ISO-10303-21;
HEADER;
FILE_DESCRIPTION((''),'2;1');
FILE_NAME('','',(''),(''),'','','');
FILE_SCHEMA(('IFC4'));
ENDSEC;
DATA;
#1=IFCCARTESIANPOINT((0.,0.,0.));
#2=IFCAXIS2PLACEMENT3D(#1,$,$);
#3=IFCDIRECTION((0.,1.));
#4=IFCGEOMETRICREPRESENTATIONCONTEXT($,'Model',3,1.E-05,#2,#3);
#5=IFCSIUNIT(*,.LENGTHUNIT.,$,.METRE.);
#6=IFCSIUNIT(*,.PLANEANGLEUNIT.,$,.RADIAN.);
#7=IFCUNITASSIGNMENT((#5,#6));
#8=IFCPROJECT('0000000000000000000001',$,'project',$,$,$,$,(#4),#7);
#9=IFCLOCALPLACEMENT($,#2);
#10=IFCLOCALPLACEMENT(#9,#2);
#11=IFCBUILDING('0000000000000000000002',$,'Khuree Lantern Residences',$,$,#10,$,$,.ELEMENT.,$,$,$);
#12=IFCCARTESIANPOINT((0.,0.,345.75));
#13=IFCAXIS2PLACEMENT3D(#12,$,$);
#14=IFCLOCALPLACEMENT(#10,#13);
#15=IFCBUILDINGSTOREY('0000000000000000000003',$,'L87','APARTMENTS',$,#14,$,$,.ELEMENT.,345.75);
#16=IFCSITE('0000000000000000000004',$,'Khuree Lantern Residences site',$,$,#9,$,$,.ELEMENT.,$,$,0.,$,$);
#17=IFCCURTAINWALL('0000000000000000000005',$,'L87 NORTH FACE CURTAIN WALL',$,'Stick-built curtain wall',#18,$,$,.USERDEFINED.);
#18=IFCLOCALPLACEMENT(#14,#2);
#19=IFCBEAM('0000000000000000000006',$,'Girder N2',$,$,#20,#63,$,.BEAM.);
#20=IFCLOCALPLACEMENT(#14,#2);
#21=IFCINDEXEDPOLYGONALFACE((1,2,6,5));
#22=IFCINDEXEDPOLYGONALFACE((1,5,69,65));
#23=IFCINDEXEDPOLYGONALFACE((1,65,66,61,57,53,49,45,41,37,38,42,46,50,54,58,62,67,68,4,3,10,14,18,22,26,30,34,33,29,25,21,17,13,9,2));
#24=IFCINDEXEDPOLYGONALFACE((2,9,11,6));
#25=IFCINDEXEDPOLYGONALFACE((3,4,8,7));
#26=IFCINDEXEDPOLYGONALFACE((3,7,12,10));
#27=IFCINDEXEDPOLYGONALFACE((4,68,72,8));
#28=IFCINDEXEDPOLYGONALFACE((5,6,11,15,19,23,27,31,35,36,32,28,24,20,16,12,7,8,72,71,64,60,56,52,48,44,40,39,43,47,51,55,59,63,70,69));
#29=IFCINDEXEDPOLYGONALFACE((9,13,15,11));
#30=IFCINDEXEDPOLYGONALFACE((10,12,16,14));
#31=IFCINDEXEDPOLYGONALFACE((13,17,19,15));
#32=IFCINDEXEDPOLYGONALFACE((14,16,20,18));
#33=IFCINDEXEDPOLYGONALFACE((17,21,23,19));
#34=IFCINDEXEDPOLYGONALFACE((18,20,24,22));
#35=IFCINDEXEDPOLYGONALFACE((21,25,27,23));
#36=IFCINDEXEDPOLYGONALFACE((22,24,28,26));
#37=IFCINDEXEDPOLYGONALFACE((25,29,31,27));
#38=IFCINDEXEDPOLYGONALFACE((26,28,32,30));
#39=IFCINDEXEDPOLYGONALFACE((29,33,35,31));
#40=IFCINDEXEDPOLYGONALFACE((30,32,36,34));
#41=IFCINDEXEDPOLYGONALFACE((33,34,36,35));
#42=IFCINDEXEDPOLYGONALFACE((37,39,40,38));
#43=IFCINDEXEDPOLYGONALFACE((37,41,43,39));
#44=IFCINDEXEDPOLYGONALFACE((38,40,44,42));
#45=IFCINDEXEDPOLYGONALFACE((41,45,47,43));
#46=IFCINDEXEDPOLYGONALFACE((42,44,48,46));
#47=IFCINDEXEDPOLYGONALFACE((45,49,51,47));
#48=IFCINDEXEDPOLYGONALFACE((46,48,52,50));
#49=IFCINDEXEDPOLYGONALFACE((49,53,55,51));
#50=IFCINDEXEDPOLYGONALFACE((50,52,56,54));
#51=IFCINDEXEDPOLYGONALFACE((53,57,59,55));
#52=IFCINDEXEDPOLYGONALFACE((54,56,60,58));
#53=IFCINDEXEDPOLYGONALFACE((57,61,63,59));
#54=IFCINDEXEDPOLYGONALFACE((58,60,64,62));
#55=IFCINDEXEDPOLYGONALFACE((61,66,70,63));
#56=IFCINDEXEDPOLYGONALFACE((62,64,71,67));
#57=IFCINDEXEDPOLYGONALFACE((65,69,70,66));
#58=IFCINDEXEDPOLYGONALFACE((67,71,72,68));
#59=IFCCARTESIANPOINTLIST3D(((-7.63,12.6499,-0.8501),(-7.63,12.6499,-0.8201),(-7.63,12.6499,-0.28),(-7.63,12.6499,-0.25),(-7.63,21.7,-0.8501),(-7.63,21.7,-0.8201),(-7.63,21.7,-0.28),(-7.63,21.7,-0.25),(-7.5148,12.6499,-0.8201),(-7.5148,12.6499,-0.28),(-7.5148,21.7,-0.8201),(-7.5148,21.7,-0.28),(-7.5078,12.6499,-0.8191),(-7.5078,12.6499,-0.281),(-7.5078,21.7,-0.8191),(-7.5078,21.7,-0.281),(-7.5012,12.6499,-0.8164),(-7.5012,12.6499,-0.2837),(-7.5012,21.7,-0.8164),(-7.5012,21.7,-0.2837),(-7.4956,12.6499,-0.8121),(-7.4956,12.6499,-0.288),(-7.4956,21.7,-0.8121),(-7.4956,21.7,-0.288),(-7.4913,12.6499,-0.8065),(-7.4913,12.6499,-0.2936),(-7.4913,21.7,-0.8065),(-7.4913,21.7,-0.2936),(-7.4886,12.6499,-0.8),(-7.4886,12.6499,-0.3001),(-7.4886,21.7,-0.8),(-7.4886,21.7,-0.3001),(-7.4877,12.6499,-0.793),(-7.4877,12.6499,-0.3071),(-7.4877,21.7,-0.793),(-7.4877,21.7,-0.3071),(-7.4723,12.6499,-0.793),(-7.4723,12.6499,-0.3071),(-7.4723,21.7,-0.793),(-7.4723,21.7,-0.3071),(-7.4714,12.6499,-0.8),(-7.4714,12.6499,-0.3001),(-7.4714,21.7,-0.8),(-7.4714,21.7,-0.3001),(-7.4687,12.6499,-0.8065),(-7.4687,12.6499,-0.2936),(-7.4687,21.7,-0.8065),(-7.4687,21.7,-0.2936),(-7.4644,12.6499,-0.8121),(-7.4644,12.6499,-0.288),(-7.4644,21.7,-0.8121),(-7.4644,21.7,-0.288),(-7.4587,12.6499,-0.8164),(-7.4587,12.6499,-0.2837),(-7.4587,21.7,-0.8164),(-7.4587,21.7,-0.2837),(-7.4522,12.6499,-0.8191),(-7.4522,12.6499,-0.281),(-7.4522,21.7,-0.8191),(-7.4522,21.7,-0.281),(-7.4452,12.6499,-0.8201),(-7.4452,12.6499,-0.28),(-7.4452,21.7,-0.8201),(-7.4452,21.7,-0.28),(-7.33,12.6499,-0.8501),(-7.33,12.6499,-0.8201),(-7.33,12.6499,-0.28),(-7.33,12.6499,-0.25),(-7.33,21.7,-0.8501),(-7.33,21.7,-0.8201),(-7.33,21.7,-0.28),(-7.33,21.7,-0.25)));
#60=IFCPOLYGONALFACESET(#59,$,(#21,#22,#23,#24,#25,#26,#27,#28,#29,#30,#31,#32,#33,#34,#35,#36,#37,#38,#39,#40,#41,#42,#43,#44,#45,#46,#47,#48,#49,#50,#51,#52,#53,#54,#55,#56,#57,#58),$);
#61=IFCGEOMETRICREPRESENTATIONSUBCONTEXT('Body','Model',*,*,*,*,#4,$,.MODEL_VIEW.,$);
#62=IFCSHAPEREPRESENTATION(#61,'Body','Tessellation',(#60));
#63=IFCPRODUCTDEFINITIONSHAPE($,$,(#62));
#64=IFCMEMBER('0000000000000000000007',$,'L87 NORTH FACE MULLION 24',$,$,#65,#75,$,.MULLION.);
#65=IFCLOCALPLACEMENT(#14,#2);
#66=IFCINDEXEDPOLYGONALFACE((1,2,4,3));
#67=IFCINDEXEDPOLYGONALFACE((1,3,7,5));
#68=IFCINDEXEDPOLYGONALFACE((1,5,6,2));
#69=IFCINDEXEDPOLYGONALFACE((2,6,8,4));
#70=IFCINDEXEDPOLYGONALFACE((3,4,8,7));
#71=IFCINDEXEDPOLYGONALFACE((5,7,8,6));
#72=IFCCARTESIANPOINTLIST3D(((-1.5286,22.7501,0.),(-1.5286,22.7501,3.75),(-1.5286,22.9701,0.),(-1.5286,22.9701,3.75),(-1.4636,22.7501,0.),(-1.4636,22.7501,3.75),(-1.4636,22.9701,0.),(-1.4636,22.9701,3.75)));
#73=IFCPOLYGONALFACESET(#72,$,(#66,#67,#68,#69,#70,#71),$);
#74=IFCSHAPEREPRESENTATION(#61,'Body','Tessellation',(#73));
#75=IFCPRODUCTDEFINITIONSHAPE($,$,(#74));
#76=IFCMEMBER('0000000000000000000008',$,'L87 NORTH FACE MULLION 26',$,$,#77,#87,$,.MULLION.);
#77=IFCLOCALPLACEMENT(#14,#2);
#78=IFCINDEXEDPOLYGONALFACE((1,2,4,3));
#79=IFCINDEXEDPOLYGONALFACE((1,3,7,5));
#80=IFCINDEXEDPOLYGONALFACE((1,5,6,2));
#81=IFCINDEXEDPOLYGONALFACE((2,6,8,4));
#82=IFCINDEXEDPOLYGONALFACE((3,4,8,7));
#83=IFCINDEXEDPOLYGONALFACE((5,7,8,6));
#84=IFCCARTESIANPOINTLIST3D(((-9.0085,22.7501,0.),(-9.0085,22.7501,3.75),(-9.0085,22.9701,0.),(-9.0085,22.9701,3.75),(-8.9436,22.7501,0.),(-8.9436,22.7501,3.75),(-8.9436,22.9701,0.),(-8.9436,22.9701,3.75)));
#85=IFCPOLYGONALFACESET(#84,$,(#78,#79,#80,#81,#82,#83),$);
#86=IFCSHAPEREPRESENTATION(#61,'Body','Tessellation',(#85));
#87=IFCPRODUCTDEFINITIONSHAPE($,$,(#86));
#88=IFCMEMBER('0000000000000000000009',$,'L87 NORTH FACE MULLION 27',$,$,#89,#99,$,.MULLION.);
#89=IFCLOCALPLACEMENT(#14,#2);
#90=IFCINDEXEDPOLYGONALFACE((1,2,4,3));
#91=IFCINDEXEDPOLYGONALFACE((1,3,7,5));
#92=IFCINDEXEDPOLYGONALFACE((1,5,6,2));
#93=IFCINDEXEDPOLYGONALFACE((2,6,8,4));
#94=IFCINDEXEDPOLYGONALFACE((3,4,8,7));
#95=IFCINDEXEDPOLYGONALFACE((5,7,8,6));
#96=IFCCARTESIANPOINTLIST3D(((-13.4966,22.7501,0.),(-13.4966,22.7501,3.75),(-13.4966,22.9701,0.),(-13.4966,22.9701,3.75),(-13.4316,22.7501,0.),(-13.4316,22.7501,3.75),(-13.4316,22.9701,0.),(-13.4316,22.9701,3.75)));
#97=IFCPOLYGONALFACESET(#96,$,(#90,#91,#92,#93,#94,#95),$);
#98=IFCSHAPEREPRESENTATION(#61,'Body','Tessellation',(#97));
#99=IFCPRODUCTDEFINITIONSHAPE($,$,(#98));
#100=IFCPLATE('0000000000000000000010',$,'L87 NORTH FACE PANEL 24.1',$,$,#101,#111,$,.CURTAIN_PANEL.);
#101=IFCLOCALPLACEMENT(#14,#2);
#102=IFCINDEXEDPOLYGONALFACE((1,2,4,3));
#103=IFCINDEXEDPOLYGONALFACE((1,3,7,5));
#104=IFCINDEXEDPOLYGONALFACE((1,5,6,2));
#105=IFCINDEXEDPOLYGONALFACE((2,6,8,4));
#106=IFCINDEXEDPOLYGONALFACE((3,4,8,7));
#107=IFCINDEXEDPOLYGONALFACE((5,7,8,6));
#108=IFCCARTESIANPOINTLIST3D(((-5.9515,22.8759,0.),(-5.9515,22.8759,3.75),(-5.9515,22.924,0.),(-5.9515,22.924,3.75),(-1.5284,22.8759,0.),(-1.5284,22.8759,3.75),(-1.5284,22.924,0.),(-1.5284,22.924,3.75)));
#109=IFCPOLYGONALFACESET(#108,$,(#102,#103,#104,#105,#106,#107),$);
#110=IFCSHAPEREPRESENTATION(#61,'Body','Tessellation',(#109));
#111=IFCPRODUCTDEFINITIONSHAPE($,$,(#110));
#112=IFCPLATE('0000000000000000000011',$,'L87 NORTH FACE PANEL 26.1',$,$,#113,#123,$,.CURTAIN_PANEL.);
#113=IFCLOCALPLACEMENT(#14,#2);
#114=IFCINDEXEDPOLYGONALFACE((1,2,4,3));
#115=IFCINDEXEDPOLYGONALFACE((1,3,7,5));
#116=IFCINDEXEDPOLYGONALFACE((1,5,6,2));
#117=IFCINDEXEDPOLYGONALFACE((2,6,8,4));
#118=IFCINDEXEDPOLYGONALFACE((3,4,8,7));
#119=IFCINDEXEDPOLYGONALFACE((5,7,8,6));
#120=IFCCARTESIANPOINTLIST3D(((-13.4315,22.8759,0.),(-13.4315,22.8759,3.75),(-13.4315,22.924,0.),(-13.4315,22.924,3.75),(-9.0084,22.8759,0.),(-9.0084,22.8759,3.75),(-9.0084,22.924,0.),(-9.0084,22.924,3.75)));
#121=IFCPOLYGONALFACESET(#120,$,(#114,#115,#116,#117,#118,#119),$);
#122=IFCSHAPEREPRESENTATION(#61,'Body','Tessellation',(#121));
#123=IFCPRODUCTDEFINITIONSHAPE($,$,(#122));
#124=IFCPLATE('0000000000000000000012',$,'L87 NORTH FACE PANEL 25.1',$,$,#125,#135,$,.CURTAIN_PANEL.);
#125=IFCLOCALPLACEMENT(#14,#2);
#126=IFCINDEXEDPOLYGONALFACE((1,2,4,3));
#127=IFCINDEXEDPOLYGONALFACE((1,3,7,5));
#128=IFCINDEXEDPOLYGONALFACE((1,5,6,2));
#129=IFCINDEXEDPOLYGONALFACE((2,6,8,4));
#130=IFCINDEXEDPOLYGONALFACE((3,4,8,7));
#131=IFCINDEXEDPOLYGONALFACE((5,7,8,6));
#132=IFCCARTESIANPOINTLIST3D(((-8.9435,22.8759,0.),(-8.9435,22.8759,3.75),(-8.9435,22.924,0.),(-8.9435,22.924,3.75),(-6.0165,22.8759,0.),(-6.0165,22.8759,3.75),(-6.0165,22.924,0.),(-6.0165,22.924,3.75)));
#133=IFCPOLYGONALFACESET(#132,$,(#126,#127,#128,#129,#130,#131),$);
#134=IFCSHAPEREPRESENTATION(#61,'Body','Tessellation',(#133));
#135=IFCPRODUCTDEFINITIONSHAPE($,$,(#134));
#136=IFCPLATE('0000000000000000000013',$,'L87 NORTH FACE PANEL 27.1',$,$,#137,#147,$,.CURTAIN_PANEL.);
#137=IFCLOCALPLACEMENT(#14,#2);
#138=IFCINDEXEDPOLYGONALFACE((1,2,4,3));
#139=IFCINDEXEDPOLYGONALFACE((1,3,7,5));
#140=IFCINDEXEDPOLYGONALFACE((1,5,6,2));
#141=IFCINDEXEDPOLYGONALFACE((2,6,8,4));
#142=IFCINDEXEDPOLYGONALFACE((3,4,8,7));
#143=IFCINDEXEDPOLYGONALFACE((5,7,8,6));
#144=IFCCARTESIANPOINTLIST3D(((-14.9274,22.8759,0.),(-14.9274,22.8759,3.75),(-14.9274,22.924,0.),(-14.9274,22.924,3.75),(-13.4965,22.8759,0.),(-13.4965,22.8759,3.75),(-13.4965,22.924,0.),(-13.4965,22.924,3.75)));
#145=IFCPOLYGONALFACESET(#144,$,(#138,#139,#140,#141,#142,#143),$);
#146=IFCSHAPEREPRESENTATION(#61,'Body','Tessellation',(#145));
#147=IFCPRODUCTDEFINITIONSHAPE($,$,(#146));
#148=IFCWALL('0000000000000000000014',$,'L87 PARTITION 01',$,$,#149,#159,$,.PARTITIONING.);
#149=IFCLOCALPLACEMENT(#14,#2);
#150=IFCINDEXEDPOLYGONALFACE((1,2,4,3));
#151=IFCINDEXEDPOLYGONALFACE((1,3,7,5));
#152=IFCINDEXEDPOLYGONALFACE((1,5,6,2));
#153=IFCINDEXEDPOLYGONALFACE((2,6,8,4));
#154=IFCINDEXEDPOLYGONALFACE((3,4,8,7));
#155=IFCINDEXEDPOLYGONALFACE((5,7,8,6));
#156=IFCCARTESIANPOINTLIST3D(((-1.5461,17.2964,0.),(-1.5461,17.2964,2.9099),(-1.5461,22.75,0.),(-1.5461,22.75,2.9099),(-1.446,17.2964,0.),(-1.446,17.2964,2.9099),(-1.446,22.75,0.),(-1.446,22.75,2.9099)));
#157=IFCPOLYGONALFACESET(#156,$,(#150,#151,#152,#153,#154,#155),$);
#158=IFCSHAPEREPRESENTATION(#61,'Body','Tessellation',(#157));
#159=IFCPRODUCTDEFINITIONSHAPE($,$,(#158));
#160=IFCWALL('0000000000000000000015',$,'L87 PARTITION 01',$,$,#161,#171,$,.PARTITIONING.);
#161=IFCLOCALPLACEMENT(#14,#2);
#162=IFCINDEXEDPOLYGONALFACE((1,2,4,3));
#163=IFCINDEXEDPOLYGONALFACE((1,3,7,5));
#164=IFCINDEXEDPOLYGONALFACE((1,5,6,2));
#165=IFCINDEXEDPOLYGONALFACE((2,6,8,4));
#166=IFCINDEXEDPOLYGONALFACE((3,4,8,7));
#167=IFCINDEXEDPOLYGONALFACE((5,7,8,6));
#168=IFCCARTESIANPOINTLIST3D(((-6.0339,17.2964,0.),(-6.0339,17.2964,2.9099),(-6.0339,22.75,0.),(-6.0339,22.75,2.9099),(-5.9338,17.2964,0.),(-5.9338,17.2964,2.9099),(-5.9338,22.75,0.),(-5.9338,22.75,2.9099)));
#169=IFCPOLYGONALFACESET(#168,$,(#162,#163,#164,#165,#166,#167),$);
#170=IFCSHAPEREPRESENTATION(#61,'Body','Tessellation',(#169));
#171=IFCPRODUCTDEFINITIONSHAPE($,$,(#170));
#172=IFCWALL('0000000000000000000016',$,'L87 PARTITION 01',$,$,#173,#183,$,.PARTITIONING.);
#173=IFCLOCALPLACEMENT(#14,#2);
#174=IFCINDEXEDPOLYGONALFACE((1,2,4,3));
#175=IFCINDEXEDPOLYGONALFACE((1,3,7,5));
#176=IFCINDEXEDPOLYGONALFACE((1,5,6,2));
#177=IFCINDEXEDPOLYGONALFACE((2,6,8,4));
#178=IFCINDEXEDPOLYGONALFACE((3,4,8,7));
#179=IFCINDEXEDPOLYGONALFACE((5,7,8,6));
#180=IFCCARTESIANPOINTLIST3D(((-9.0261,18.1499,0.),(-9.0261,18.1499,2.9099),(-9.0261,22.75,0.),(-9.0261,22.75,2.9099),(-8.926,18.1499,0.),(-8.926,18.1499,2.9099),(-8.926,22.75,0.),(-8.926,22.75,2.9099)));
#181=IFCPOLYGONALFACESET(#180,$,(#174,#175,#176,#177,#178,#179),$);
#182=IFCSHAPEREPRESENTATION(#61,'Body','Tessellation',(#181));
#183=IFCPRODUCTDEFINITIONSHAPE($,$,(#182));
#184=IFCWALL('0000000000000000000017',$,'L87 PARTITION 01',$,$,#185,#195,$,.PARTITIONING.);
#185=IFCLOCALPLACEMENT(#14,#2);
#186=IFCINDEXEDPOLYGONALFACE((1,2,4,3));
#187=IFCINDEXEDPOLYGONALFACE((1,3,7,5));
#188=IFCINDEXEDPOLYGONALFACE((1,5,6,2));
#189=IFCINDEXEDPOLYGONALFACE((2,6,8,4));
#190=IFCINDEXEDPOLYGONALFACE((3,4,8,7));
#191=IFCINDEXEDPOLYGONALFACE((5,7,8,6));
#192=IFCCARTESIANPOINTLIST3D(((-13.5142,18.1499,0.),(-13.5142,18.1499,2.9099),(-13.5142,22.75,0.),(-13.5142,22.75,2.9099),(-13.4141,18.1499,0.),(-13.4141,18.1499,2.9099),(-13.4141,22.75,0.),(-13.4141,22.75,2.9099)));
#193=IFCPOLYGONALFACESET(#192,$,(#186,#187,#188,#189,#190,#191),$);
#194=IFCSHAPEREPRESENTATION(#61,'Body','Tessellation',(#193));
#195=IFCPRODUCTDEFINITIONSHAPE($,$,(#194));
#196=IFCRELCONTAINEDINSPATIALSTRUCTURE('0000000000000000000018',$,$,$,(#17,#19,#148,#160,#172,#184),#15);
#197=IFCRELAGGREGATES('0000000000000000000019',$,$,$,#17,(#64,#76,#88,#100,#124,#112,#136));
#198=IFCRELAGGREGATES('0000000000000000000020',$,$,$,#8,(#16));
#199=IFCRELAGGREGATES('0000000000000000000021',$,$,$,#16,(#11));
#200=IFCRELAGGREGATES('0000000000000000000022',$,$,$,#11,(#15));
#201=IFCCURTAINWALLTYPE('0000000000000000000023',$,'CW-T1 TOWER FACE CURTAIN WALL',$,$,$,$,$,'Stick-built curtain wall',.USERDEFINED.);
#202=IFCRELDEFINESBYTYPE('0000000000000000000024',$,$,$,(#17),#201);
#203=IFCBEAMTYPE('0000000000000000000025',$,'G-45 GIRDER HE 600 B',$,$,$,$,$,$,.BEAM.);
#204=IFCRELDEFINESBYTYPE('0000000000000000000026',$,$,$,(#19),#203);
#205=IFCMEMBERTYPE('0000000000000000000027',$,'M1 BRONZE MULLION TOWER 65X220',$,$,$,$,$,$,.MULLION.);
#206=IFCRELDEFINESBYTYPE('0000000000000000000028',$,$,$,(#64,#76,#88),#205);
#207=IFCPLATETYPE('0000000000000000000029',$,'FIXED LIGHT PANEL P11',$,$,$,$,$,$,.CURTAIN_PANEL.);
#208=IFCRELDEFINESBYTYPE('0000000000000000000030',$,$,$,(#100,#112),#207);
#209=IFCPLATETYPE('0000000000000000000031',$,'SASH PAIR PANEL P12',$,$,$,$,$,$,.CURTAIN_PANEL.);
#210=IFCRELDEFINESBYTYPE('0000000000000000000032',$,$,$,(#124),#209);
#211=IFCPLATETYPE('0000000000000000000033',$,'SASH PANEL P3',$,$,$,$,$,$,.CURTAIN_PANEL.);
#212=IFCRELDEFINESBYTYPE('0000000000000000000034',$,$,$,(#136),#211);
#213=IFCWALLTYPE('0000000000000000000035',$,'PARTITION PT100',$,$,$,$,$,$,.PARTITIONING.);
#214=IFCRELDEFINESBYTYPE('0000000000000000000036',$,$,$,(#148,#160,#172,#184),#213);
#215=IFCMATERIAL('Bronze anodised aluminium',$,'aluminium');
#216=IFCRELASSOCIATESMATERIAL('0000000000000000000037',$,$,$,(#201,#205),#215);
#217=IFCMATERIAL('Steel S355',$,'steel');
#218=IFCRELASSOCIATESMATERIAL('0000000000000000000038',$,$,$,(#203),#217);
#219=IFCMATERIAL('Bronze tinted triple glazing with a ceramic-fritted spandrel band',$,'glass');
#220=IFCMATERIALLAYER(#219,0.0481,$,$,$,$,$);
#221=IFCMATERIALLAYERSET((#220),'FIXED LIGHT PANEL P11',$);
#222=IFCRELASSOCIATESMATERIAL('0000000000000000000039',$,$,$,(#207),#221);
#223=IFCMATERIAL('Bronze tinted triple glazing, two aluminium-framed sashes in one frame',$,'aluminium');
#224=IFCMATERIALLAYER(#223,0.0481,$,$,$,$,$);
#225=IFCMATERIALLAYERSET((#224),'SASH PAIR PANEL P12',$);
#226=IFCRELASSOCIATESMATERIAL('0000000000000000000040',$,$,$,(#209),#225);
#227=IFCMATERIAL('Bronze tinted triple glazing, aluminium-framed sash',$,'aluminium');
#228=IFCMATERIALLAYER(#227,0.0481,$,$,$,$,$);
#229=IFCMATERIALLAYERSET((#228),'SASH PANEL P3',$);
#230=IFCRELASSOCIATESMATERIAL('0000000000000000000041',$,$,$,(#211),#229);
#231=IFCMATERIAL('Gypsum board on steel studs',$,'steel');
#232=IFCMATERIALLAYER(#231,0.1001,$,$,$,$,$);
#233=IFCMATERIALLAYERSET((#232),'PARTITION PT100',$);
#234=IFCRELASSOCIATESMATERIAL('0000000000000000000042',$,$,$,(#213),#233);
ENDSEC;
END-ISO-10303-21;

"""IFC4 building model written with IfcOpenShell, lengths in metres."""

from ifc_helpers import new_model, si_unit, direction, frame, frame_2d, origin, origin_2d, place, context, subcontext, project, spatial, rectangle, i_section, extrude, material, layer, layer_set, material_profile, profile_set, type_object, element, aggregate, save


model = new_model("IFC4")

# Units and contexts
model_context = context("Model", 3, precision=1e-05, world=origin(), true_north=direction((0.0, 1.0)))
body_context = subcontext(model_context, "Body", "Model", "MODEL_VIEW")
ifc_project = project(units=[si_unit("LENGTHUNIT", "METRE"), si_unit("PLANEANGLEUNIT", "RADIAN")], contexts=[model_context])

# Site, building, storey
site_placement = place(None, origin())
site = spatial("IfcSite", under=ifc_project, at=site_placement, Name="Khuree Lantern Residences site", CompositionType="ELEMENT", RefElevation=0.0)
building_placement = place(site_placement, origin())
building = spatial("IfcBuilding", under=site, at=building_placement, Name="Khuree Lantern Residences", CompositionType="ELEMENT")
storey_placement = place(building_placement, frame((0.0, 0.0, 345.75)))
storey = spatial("IfcBuildingStorey", under=building, at=storey_placement, Name="L87", Description="APARTMENTS", CompositionType="ELEMENT", Elevation=345.75)

# Shared definitions
ifc_material_1 = material(Name="Steel S355", Category="steel")

# Curtain wall
ifc_material_2 = material(Name="Bronze anodised aluminium", Category="aluminium")
curtain_wall_type = type_object("IfcCurtainWallType", Name="CW-T1 TOWER FACE CURTAIN WALL", ElementType="Stick-built curtain wall", PredefinedType="USERDEFINED", material=ifc_material_2)
curtain_wall_placement = place(storey_placement, origin())
curtain_wall = element("IfcCurtainWall", 1, at=curtain_wall_placement, inside=storey, type_object=curtain_wall_type, Name="L87 NORTH FACE CURTAIN WALL", ObjectType="Stick-built curtain wall", PredefinedType="USERDEFINED")

# Beam
ifc_material_profile_1 = material_profile(ifc_material_1, i_section(OverallWidth=0.3, OverallDepth=0.6001, WebThickness=0.0154, FlangeThickness=0.03, FilletRadius=0.0271, at=origin_2d()), Name="HE 600 B")
ifc_profile_set_1 = profile_set([ifc_material_profile_1], Name="Steel S355")
beam_type_1 = type_object("IfcBeamType", Name="G-45 GIRDER HE 600 B", PredefinedType="BEAM", material=ifc_profile_set_1)
beam_1_placement = place(storey_placement, frame((-7.48, 21.7, -0.55), z_axis=(0.0, -1.0, 0.0), x_axis=(1.0, 0.0, 0.0)))
element("IfcBeam", 2, at=beam_1_placement, inside=storey, type_object=beam_type_1, Name="Girder N2", PredefinedType="BEAM", context=body_context, shape_type="SweptSolid", body=[
    extrude(i_section(OverallWidth=0.3, OverallDepth=0.6001, WebThickness=0.0154, FlangeThickness=0.03, FilletRadius=0.0271, at=origin_2d()), origin(), (0.0, 0.0, 1.0), 9.05),
])

# Members
ifc_material_profile_2 = material_profile(ifc_material_2, rectangle(XDim=0.0649, YDim=0.22, at=origin_2d()), Name="M1 65X220")
ifc_profile_set_2 = profile_set([ifc_material_profile_2], Name="Bronze anodised aluminium")
member_type_1 = type_object("IfcMemberType", Name="M1 BRONZE MULLION TOWER 65X220", PredefinedType="MULLION", material=ifc_profile_set_2)
member_1_placement = place(storey_placement, frame((-1.4961, 22.8601, 0.0), z_axis=(0.0, 0.0, 1.0), x_axis=(-1.0, 0.0, 0.0)))
member_1 = element("IfcMember", 3, at=member_1_placement, type_object=member_type_1, Name="L87 NORTH FACE MULLION 24", PredefinedType="MULLION", context=body_context, shape_type="SweptSolid", body=[
    extrude(rectangle(XDim=0.0649, YDim=0.22, at=origin_2d()), origin(), (0.0, 0.0, 1.0), 3.75),
])
member_2_placement = place(storey_placement, frame((-8.9761, 22.8601, 0.0), z_axis=(0.0, 0.0, 1.0), x_axis=(-1.0, 0.0, 0.0)))
member_2 = element("IfcMember", 4, at=member_2_placement, type_object=member_type_1, Name="L87 NORTH FACE MULLION 26", PredefinedType="MULLION", context=body_context, shape_type="SweptSolid", body=[
    extrude(rectangle(XDim=0.0649, YDim=0.22, at=origin_2d()), origin(), (0.0, 0.0, 1.0), 3.75),
])
member_3_placement = place(storey_placement, frame((-13.4641, 22.8601, 0.0), z_axis=(0.0, 0.0, 1.0), x_axis=(-1.0, 0.0, 0.0)))
member_3 = element("IfcMember", 5, at=member_3_placement, type_object=member_type_1, Name="L87 NORTH FACE MULLION 27", PredefinedType="MULLION", context=body_context, shape_type="SweptSolid", body=[
    extrude(rectangle(XDim=0.0649, YDim=0.22, at=origin_2d()), origin(), (0.0, 0.0, 1.0), 3.75),
])

# Plates
ifc_material_3 = material(Name="Bronze tinted triple glazing with a ceramic-fritted spandrel band", Category="glass")
ifc_layer_1 = layer(ifc_material_3, 0.0481)
ifc_layer_set_1 = layer_set([ifc_layer_1], Name="FIXED LIGHT PANEL P11")
plate_type_1 = type_object("IfcPlateType", Name="FIXED LIGHT PANEL P11", PredefinedType="CURTAIN_PANEL", material=ifc_layer_set_1)
plate_1_placement = place(storey_placement, frame((-3.74, 22.8999, 0.0), z_axis=(0.0, 0.0, 1.0), x_axis=(-1.0, 0.0, 0.0)))
plate_1 = element("IfcPlate", 6, at=plate_1_placement, type_object=plate_type_1, Name="L87 NORTH FACE PANEL 24.1", PredefinedType="CURTAIN_PANEL", context=body_context, shape_type="SweptSolid", body=[
    extrude(rectangle(XDim=4.4231, YDim=0.0481, at=origin_2d()), origin(), (0.0, 0.0, 1.0), 3.75),
])
plate_2_placement = place(storey_placement, frame((-11.22, 22.8999, 0.0), z_axis=(0.0, 0.0, 1.0), x_axis=(-1.0, 0.0, 0.0)))
plate_2 = element("IfcPlate", 7, at=plate_2_placement, type_object=plate_type_1, Name="L87 NORTH FACE PANEL 26.1", PredefinedType="CURTAIN_PANEL", context=body_context, shape_type="SweptSolid", body=[
    extrude(rectangle(XDim=4.4231, YDim=0.0481, at=origin_2d()), origin(), (0.0, 0.0, 1.0), 3.75),
])
ifc_material_4 = material(Name="Bronze tinted triple glazing, two aluminium-framed sashes in one frame", Category="aluminium")
ifc_layer_2 = layer(ifc_material_4, 0.0481)
ifc_layer_set_2 = layer_set([ifc_layer_2], Name="SASH PAIR PANEL P12")
plate_type_2 = type_object("IfcPlateType", Name="SASH PAIR PANEL P12", PredefinedType="CURTAIN_PANEL", material=ifc_layer_set_2)
plate_3_placement = place(storey_placement, frame((-7.48, 22.8999, 0.0), z_axis=(0.0, 0.0, 1.0), x_axis=(-1.0, 0.0, 0.0)))
plate_3 = element("IfcPlate", 8, at=plate_3_placement, type_object=plate_type_2, Name="L87 NORTH FACE PANEL 25.1", PredefinedType="CURTAIN_PANEL", context=body_context, shape_type="SweptSolid", body=[
    extrude(rectangle(XDim=2.927, YDim=0.0481, at=origin_2d()), origin(), (0.0, 0.0, 1.0), 3.75),
])
ifc_material_5 = material(Name="Bronze tinted triple glazing, aluminium-framed sash", Category="aluminium")
ifc_layer_3 = layer(ifc_material_5, 0.0481)
ifc_layer_set_3 = layer_set([ifc_layer_3], Name="SASH PANEL P3")
plate_type_3 = type_object("IfcPlateType", Name="SASH PANEL P3", PredefinedType="CURTAIN_PANEL", material=ifc_layer_set_3)
plate_4_placement = place(storey_placement, frame((-14.2119, 22.8999, 0.0), z_axis=(0.0, 0.0, 1.0), x_axis=(-1.0, 0.0, 0.0)))
plate_4 = element("IfcPlate", 9, at=plate_4_placement, type_object=plate_type_3, Name="L87 NORTH FACE PANEL 27.1", PredefinedType="CURTAIN_PANEL", context=body_context, shape_type="SweptSolid", body=[
    extrude(rectangle(XDim=1.4309, YDim=0.0481, at=origin_2d()), origin(), (0.0, 0.0, 1.0), 3.75),
])
aggregate(curtain_wall, [member_1, member_2, member_3, plate_1, plate_3, plate_2, plate_4])

# Walls
ifc_material_6 = material(Name="Gypsum board on steel studs", Category="steel")
ifc_layer_4 = layer(ifc_material_6, 0.1001)
ifc_layer_set_4 = layer_set([ifc_layer_4], Name="PARTITION PT100")
wall_type = type_object("IfcWallType", Name="PARTITION PT100", PredefinedType="PARTITIONING", material=ifc_layer_set_4)
for number, where, z_axis, x_axis, name in (
    (10, (-1.4961, 17.2964, 0.0), (0.0, 0.0, 1.0), (0.0, 1.0, 0.0), "L87 PARTITION 01"),
    (11, (-5.9839, 17.2964, 0.0), (0.0, 0.0, 1.0), (0.0, 1.0, 0.0), "L87 PARTITION 01"),
):
    element("IfcWall", number, at=place(storey_placement, frame(where, z_axis=z_axis, x_axis=x_axis)), inside=storey, type_object=wall_type, Name=name, PredefinedType="PARTITIONING", context=body_context, shape_type="SweptSolid", body=[
        extrude(rectangle(XDim=5.4536, YDim=0.1001, at=frame_2d((2.7268, 0.0))), origin(), (0.0, 0.0, 1.0), 2.9099),
    ])
for number, where, z_axis, x_axis, name in (
    (12, (-8.9761, 18.1499, 0.0), (0.0, 0.0, 1.0), (0.0, 1.0, 0.0), "L87 PARTITION 01"),
    (13, (-13.4641, 18.1499, 0.0), (0.0, 0.0, 1.0), (0.0, 1.0, 0.0), "L87 PARTITION 01"),
):
    element("IfcWall", number, at=place(storey_placement, frame(where, z_axis=z_axis, x_axis=x_axis)), inside=storey, type_object=wall_type, Name=name, PredefinedType="PARTITIONING", context=body_context, shape_type="SweptSolid", body=[
        extrude(rectangle(XDim=4.6001, YDim=0.1001, at=frame_2d((2.3, 0.0))), origin(), (0.0, 0.0, 1.0), 2.9099),
    ])

save(model, "model.ifc")
